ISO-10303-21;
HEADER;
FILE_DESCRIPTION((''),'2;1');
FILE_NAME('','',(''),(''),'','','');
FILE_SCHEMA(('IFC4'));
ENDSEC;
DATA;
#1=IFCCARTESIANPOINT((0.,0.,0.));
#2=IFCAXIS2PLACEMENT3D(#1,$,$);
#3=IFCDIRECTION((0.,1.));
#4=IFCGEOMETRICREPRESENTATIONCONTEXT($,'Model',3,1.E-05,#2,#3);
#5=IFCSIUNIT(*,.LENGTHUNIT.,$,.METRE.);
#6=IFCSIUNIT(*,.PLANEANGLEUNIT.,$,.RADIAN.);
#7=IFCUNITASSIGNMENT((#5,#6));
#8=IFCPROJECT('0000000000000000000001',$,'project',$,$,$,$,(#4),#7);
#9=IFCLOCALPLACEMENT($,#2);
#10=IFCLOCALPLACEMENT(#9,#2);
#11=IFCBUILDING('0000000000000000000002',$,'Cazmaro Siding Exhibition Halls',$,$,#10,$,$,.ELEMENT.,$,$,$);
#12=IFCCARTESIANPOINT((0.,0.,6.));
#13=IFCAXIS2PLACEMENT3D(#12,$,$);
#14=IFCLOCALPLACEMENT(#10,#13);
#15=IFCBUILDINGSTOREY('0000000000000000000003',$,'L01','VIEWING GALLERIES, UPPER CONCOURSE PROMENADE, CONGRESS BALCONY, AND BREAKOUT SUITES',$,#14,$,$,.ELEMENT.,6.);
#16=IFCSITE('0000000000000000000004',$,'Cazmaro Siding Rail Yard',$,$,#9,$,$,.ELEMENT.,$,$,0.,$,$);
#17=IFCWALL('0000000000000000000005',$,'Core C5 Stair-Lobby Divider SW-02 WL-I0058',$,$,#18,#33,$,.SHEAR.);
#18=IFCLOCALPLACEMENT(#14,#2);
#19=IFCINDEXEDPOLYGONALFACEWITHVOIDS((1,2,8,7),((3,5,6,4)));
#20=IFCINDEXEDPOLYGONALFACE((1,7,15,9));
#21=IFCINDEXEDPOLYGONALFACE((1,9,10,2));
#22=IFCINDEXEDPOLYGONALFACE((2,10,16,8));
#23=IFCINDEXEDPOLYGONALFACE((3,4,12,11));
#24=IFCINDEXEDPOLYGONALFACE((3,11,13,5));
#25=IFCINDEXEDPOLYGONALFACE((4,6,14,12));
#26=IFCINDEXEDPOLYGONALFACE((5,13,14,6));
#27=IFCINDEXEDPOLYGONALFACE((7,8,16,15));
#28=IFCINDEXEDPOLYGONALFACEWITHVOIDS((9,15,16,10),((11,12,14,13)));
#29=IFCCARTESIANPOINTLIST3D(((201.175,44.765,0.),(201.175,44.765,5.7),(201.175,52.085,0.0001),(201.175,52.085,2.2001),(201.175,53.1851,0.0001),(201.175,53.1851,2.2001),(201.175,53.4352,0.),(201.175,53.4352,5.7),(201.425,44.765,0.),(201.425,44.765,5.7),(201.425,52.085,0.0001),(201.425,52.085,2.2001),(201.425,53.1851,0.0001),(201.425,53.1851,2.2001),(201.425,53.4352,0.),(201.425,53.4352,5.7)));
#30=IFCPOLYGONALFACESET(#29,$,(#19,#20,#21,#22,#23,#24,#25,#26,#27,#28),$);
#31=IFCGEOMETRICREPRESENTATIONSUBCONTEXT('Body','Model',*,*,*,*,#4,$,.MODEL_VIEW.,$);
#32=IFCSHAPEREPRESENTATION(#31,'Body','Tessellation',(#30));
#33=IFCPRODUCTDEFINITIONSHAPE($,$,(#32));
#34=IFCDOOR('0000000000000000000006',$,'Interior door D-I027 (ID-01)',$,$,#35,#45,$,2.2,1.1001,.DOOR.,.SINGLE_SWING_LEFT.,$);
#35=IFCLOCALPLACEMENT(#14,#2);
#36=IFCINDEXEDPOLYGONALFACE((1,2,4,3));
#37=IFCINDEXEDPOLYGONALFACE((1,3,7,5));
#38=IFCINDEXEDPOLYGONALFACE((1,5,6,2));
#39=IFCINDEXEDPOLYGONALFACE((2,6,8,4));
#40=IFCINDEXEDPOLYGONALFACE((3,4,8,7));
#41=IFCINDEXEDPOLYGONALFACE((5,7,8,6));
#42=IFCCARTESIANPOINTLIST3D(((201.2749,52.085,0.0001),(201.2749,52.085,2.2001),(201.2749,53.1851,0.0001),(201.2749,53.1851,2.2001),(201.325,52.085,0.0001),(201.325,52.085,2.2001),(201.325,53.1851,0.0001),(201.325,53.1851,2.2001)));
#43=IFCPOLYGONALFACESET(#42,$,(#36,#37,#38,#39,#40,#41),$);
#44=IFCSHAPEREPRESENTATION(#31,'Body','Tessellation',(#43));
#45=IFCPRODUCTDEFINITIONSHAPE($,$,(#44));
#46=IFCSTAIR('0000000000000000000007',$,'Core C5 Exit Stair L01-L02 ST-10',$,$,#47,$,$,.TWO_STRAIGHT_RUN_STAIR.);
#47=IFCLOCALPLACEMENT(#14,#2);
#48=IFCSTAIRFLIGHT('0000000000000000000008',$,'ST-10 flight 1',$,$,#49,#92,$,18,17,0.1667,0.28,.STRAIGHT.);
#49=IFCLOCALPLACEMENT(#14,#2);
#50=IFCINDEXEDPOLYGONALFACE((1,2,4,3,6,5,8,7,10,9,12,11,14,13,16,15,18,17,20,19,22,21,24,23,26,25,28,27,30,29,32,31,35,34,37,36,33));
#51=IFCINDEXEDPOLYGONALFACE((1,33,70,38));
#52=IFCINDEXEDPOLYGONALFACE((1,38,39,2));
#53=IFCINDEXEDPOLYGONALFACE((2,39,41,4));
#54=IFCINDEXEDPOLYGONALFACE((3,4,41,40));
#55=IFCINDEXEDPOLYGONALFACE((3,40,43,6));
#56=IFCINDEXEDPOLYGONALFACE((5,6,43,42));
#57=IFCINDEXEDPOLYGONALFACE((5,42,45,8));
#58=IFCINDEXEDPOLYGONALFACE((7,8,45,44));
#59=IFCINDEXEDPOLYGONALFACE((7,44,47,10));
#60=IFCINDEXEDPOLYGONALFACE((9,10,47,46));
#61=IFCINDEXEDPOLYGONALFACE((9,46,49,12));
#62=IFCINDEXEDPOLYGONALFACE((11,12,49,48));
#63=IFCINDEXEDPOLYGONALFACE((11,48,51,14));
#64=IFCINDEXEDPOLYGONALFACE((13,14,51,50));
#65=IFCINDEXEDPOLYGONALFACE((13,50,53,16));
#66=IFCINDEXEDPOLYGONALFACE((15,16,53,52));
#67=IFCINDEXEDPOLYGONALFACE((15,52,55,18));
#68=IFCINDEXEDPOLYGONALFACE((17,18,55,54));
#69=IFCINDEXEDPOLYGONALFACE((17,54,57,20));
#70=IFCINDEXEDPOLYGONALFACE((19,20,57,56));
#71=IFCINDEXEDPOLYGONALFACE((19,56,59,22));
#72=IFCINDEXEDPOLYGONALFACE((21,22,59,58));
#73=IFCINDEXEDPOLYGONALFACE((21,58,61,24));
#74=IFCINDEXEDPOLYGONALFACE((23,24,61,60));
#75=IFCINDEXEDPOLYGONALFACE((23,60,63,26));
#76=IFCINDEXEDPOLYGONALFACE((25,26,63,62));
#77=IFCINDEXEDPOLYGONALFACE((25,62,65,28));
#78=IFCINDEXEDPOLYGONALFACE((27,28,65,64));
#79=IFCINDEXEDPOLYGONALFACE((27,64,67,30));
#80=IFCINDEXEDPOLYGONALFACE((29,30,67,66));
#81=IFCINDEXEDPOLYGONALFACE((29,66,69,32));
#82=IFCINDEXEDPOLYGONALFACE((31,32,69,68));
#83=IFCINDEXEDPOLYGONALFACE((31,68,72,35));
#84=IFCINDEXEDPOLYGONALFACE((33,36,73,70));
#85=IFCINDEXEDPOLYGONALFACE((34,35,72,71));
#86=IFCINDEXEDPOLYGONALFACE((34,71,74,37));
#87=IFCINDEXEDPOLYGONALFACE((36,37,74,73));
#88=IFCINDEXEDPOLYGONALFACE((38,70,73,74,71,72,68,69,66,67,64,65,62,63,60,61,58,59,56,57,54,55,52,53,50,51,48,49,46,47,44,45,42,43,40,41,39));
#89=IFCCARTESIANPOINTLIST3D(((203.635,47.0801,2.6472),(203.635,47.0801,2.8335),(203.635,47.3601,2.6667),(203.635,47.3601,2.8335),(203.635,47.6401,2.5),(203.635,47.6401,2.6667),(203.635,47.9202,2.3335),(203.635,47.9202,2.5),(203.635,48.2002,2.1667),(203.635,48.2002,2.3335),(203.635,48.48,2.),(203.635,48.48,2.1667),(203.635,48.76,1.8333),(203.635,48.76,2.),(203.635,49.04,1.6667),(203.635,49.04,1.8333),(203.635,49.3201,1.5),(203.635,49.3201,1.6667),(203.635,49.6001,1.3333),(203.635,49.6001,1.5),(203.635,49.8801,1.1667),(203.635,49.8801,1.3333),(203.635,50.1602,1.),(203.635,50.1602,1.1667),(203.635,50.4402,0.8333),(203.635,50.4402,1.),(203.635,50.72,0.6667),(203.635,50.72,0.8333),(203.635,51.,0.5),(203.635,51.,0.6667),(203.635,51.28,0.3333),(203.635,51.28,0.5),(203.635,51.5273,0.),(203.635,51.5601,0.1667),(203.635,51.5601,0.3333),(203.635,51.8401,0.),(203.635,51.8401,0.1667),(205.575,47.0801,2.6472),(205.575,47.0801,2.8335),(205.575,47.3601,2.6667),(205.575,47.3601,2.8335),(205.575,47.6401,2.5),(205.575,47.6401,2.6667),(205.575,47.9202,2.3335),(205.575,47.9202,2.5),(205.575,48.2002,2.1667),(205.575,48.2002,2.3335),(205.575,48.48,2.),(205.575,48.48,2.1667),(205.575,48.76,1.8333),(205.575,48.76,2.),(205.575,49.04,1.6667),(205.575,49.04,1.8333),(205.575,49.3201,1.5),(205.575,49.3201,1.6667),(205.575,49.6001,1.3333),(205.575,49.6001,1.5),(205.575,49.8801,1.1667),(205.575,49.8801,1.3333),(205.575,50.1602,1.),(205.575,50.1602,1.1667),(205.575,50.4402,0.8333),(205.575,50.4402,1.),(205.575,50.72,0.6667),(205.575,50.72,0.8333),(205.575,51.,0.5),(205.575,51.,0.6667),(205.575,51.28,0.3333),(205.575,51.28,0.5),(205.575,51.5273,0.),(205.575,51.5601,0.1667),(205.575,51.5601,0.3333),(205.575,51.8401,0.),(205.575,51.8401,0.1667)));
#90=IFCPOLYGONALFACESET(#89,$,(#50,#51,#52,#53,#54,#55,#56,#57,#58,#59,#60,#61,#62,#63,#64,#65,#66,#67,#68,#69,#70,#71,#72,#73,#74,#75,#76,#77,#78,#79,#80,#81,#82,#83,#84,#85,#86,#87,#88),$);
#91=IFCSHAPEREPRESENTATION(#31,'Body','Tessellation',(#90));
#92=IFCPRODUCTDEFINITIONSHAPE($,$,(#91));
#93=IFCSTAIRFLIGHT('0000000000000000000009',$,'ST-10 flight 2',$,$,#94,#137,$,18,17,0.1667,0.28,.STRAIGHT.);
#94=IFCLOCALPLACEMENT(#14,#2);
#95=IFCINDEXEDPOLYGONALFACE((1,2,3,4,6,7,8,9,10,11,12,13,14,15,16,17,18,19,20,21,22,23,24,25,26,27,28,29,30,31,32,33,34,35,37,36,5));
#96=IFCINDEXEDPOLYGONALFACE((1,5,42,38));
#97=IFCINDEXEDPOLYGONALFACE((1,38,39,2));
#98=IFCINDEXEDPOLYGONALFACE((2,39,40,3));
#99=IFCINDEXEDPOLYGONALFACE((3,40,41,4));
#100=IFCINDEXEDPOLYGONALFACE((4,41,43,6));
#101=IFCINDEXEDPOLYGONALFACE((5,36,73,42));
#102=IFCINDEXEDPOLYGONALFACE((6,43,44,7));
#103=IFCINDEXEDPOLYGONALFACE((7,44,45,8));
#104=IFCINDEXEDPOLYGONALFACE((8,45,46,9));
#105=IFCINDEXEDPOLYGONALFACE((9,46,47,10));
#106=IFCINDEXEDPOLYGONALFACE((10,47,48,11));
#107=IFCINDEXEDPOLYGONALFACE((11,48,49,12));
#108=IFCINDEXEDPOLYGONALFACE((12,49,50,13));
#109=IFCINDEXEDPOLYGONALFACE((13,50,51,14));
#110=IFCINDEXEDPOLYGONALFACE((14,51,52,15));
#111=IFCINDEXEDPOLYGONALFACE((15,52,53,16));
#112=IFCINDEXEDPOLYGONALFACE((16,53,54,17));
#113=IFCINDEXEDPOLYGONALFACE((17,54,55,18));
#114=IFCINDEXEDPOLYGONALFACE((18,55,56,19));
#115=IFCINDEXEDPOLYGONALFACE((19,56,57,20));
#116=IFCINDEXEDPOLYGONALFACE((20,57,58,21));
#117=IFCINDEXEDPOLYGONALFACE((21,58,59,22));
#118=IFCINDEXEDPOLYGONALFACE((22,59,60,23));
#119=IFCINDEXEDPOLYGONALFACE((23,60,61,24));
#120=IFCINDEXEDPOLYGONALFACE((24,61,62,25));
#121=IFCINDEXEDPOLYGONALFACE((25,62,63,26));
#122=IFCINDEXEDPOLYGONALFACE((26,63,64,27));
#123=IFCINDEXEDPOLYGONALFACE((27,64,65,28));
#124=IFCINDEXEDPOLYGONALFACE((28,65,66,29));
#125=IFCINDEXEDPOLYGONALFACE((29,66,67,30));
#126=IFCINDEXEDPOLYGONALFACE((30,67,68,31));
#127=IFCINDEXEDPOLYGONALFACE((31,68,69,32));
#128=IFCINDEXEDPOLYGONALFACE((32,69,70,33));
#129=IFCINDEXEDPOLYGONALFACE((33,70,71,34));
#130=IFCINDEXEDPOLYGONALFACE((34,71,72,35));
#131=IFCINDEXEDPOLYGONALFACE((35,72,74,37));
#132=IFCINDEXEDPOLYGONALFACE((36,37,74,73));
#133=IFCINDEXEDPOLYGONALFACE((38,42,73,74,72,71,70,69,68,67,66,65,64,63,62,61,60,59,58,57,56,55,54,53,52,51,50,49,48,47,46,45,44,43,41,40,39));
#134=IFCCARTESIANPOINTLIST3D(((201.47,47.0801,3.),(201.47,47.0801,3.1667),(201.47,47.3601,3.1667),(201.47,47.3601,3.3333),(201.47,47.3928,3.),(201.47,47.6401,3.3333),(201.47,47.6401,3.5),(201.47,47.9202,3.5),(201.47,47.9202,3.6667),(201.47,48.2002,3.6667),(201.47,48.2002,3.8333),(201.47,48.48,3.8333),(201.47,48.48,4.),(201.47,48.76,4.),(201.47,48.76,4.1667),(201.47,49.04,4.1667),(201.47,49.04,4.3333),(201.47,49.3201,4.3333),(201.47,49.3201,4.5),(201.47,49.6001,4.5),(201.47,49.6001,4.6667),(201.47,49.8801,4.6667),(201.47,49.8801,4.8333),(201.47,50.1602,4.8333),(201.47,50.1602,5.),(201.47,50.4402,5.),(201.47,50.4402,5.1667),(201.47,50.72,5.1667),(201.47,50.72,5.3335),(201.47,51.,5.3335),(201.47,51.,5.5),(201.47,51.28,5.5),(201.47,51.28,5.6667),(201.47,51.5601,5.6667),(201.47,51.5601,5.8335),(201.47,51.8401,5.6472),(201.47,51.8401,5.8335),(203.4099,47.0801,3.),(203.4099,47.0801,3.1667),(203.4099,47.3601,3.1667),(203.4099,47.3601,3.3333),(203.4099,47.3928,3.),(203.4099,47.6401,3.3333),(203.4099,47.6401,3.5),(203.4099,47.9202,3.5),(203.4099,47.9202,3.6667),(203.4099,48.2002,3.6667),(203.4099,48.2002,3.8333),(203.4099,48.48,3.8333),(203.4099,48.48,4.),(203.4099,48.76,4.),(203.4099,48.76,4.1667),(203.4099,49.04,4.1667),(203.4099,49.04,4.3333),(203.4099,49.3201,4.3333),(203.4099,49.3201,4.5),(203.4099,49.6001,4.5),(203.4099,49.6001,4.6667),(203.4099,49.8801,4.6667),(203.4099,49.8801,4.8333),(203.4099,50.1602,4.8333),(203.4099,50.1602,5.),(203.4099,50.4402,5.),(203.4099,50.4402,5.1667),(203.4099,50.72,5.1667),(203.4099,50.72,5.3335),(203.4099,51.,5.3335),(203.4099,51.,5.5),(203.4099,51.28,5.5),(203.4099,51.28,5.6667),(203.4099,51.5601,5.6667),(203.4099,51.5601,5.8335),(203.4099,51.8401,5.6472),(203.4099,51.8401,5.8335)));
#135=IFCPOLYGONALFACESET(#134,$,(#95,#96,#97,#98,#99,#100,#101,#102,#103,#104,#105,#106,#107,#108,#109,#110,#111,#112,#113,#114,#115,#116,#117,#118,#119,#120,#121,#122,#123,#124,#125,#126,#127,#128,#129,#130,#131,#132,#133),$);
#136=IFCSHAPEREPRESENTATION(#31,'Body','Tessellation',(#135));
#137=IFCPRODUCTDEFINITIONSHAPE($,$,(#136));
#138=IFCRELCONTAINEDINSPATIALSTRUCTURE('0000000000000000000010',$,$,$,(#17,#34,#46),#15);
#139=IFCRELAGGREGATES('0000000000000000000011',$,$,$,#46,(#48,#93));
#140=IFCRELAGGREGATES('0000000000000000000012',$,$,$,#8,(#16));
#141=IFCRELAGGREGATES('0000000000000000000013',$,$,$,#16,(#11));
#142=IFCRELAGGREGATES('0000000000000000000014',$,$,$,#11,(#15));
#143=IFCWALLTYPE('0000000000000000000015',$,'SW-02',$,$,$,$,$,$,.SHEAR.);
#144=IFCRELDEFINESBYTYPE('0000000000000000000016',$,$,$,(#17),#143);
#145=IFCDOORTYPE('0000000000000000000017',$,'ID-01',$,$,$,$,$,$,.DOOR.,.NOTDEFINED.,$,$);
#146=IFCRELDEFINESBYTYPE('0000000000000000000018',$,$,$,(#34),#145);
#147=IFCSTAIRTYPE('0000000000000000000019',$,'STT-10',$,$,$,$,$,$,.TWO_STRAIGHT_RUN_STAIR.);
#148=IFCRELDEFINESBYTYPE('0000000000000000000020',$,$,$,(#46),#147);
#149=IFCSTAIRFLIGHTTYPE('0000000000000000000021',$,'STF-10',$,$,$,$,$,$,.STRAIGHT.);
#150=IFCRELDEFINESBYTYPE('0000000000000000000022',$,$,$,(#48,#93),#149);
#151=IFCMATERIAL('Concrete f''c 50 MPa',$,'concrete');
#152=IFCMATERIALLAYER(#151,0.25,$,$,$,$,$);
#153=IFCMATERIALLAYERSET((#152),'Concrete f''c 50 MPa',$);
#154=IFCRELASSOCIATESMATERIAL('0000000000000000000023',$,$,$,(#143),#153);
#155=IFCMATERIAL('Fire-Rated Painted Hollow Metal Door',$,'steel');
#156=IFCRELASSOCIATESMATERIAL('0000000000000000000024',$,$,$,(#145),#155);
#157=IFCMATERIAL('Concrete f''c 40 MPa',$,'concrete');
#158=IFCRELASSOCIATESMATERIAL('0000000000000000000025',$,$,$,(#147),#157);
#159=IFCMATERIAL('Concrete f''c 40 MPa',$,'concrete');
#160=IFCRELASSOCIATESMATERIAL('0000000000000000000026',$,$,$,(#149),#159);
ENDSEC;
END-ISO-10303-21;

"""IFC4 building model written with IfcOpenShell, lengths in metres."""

from ifc_helpers import new_model, si_unit, direction, frame, frame_2d, origin, place, context, subcontext, project, spatial, polyline, rectangle, outline, extrude, material, layer, layer_set, type_object, element, fill, aggregate, save


model = new_model("IFC4")

# Units and contexts
model_context = context("Model", 3, precision=1e-05, world=origin(), true_north=direction((0.0, 1.0)))
body_context = subcontext(model_context, "Body", "Model", "MODEL_VIEW")
ifc_project = project(units=[si_unit("LENGTHUNIT", "METRE"), si_unit("PLANEANGLEUNIT", "RADIAN")], contexts=[model_context])

# Site, building, storey
site_placement = place(None, origin())
site = spatial("IfcSite", under=ifc_project, at=site_placement, Name="Cazmaro Siding Rail Yard", CompositionType="ELEMENT", RefElevation=0.0)
building_placement = place(site_placement, origin())
building = spatial("IfcBuilding", under=site, at=building_placement, Name="Cazmaro Siding Exhibition Halls", CompositionType="ELEMENT")
storey_placement = place(building_placement, frame((0.0, 0.0, 6.0)))
storey = spatial("IfcBuildingStorey", under=building, at=storey_placement, Name="L01", Description="VIEWING GALLERIES, UPPER CONCOURSE PROMENADE, CONGRESS BALCONY, AND BREAKOUT SUITES", CompositionType="ELEMENT", Elevation=6.0)

# Wall, opening, door
ifc_material_1 = material(Name="Concrete f'c 50 MPa", Category="concrete")
ifc_layer_1 = layer(ifc_material_1, 0.25)
ifc_layer_set_1 = layer_set([ifc_layer_1], Name="Concrete f'c 50 MPa")
wall_type_1 = type_object("IfcWallType", Name="SW-02", PredefinedType="SHEAR", material=ifc_layer_set_1)
wall_1_placement = place(storey_placement, frame((201.3, 53.4351, 0.0), z_axis=(0.0, 0.0, 1.0), x_axis=(0.0, -1.0, 0.0)))
wall_1 = element("IfcWall", 1, at=wall_1_placement, inside=storey, type_object=wall_type_1, Name="Core C5 Stair-Lobby Divider SW-02 WL-I0058", PredefinedType="SHEAR", context=body_context, shape_type="SweptSolid", body=[
    extrude(rectangle(XDim=8.6702, YDim=0.25, at=frame_2d((4.335, 0.0))), origin(), (0.0, 0.0, 1.0), 5.7),
])
opening_1_placement = place(wall_1_placement, frame((0.25, 0.0, 0.0)))
opening_1 = element("IfcOpeningElement", 2, at=opening_1_placement, cuts=wall_1, PredefinedType="OPENING", context=body_context, shape_type="SweptSolid", body=[
    extrude(rectangle(XDim=1.1001, YDim=2.2, at=frame_2d((0.55, 1.1001))), frame((0.0, 0.135, 0.0), z_axis=(0.0, -1.0, 0.0), x_axis=(1.0, 0.0, 0.0)), (0.0, 0.0, 1.0), 0.27),
])
ifc_material_2 = material(Name="Fire-Rated Painted Hollow Metal Door", Category="steel")
door_type_1 = type_object("IfcDoorType", Name="ID-01", OperationType="NOTDEFINED", PredefinedType="DOOR", material=ifc_material_2)
door_1_placement = place(opening_1_placement, origin())
door_1 = element("IfcDoor", 3, at=door_1_placement, inside=storey, type_object=door_type_1, Name="Interior door D-I027 (ID-01)", OperationType="SINGLE_SWING_LEFT", OverallHeight=2.2, OverallWidth=1.1001, PredefinedType="DOOR", context=body_context, shape_type="SweptSolid", body=[
    extrude(rectangle(XDim=1.1001, YDim=2.2, at=frame_2d((0.55, 1.1001))), frame((0.0, 0.0249, 0.0), z_axis=(0.0, -1.0, 0.0), x_axis=(1.0, 0.0, 0.0)), (0.0, 0.0, 1.0), 0.05),
])
fill(opening_1, door_1)

# Stair, stair flights
ifc_material_3 = material(Name="Concrete f'c 40 MPa", Category="concrete")
stair_type = type_object("IfcStairType", Name="STT-10", PredefinedType="TWO_STRAIGHT_RUN_STAIR", material=ifc_material_3)
stair_placement = place(storey_placement, origin())
stair = element("IfcStair", 4, at=stair_placement, inside=storey, type_object=stair_type, Name="Core C5 Exit Stair L01-L02 ST-10", PredefinedType="TWO_STRAIGHT_RUN_STAIR")
ifc_material_4 = material(Name="Concrete f'c 40 MPa", Category="concrete")
stair_flight_type = type_object("IfcStairFlightType", Name="STF-10", PredefinedType="STRAIGHT", material=ifc_material_4)
stair_flight_1_placement = place(storey_placement, frame((204.605, 51.8401, 0.0), z_axis=(0.0, 0.0, 1.0), x_axis=(0.0, -1.0, 0.0)))
stair_flight_1 = element("IfcStairFlight", 5, at=stair_flight_1_placement, type_object=stair_flight_type, Name="ST-10 flight 1", NumberOfRisers=18, NumberOfTreads=17, PredefinedType="STRAIGHT", RiserHeight=0.1667, TreadLength=0.28, context=body_context, shape_type="SweptSolid", body=[
    extrude(outline(polyline([(0.0, 0.0), (0.0, 0.1667), (0.28, 0.1667), (0.28, 0.3333), (0.5601, 0.3333), (0.5601, 0.5), (0.8401, 0.5), (0.8401, 0.6667), (1.1201, 0.6667), (1.1201, 0.8333), (1.3999, 0.8333), (1.3999, 1.0), (1.6799, 1.0), (1.6799, 1.1667), (1.96, 1.1667), (1.96, 1.3333), (2.24, 1.3333), (2.24, 1.5), (2.52, 1.5), (2.52, 1.6667), (2.8, 1.6667), (2.8, 1.8333), (3.0801, 1.8333), (3.0801, 2.0), (3.3601, 2.0), (3.3601, 2.1667), (3.6399, 2.1667), (3.6399, 2.3335), (3.9199, 2.3335), (3.9199, 2.5), (4.2, 2.5), (4.2, 2.6667), (4.48, 2.6667), (4.48, 2.8335), (4.76, 2.8335), (4.76, 3.0), (4.76, 2.6472), (0.3127, 0.0), (0.0, 0.0)])), frame((0.0, 0.97, 0.0), z_axis=(0.0, -1.0, 0.0), x_axis=(1.0, 0.0, 0.0)), (0.0, 0.0, 1.0), 1.9399),
])
stair_flight_2_placement = place(storey_placement, frame((202.4399, 47.0801, 3.0), z_axis=(0.0, 0.0, 1.0), x_axis=(0.0, 1.0, 0.0)))
stair_flight_2 = element("IfcStairFlight", 6, at=stair_flight_2_placement, type_object=stair_flight_type, Name="ST-10 flight 2", NumberOfRisers=18, NumberOfTreads=17, PredefinedType="STRAIGHT", RiserHeight=0.1667, TreadLength=0.28, context=body_context, shape_type="SweptSolid", body=[
    extrude(outline(polyline([(0.0, 0.0), (0.0, 0.1667), (0.28, 0.1667), (0.28, 0.3333), (0.5601, 0.3333), (0.5601, 0.5), (0.8401, 0.5), (0.8401, 0.6667), (1.1201, 0.6667), (1.1201, 0.8333), (1.3999, 0.8333), (1.3999, 1.0), (1.6799, 1.0), (1.6799, 1.1667), (1.96, 1.1667), (1.96, 1.3333), (2.24, 1.3333), (2.24, 1.5), (2.52, 1.5), (2.52, 1.6667), (2.8, 1.6667), (2.8, 1.8333), (3.0801, 1.8333), (3.0801, 2.0), (3.3601, 2.0), (3.3601, 2.1667), (3.6399, 2.1667), (3.6399, 2.3335), (3.9199, 2.3335), (3.9199, 2.5), (4.2, 2.5), (4.2, 2.6667), (4.48, 2.6667), (4.48, 2.8335), (4.76, 2.8335), (4.76, 3.0), (4.76, 2.6472), (0.3127, 0.0), (0.0, 0.0)])), frame((0.0, 0.97, 0.0), z_axis=(0.0, -1.0, 0.0), x_axis=(1.0, 0.0, 0.0)), (0.0, 0.0, 1.0), 1.9399),
])
aggregate(stair, [stair_flight_1, stair_flight_2])

save(model, "model.ifc")
